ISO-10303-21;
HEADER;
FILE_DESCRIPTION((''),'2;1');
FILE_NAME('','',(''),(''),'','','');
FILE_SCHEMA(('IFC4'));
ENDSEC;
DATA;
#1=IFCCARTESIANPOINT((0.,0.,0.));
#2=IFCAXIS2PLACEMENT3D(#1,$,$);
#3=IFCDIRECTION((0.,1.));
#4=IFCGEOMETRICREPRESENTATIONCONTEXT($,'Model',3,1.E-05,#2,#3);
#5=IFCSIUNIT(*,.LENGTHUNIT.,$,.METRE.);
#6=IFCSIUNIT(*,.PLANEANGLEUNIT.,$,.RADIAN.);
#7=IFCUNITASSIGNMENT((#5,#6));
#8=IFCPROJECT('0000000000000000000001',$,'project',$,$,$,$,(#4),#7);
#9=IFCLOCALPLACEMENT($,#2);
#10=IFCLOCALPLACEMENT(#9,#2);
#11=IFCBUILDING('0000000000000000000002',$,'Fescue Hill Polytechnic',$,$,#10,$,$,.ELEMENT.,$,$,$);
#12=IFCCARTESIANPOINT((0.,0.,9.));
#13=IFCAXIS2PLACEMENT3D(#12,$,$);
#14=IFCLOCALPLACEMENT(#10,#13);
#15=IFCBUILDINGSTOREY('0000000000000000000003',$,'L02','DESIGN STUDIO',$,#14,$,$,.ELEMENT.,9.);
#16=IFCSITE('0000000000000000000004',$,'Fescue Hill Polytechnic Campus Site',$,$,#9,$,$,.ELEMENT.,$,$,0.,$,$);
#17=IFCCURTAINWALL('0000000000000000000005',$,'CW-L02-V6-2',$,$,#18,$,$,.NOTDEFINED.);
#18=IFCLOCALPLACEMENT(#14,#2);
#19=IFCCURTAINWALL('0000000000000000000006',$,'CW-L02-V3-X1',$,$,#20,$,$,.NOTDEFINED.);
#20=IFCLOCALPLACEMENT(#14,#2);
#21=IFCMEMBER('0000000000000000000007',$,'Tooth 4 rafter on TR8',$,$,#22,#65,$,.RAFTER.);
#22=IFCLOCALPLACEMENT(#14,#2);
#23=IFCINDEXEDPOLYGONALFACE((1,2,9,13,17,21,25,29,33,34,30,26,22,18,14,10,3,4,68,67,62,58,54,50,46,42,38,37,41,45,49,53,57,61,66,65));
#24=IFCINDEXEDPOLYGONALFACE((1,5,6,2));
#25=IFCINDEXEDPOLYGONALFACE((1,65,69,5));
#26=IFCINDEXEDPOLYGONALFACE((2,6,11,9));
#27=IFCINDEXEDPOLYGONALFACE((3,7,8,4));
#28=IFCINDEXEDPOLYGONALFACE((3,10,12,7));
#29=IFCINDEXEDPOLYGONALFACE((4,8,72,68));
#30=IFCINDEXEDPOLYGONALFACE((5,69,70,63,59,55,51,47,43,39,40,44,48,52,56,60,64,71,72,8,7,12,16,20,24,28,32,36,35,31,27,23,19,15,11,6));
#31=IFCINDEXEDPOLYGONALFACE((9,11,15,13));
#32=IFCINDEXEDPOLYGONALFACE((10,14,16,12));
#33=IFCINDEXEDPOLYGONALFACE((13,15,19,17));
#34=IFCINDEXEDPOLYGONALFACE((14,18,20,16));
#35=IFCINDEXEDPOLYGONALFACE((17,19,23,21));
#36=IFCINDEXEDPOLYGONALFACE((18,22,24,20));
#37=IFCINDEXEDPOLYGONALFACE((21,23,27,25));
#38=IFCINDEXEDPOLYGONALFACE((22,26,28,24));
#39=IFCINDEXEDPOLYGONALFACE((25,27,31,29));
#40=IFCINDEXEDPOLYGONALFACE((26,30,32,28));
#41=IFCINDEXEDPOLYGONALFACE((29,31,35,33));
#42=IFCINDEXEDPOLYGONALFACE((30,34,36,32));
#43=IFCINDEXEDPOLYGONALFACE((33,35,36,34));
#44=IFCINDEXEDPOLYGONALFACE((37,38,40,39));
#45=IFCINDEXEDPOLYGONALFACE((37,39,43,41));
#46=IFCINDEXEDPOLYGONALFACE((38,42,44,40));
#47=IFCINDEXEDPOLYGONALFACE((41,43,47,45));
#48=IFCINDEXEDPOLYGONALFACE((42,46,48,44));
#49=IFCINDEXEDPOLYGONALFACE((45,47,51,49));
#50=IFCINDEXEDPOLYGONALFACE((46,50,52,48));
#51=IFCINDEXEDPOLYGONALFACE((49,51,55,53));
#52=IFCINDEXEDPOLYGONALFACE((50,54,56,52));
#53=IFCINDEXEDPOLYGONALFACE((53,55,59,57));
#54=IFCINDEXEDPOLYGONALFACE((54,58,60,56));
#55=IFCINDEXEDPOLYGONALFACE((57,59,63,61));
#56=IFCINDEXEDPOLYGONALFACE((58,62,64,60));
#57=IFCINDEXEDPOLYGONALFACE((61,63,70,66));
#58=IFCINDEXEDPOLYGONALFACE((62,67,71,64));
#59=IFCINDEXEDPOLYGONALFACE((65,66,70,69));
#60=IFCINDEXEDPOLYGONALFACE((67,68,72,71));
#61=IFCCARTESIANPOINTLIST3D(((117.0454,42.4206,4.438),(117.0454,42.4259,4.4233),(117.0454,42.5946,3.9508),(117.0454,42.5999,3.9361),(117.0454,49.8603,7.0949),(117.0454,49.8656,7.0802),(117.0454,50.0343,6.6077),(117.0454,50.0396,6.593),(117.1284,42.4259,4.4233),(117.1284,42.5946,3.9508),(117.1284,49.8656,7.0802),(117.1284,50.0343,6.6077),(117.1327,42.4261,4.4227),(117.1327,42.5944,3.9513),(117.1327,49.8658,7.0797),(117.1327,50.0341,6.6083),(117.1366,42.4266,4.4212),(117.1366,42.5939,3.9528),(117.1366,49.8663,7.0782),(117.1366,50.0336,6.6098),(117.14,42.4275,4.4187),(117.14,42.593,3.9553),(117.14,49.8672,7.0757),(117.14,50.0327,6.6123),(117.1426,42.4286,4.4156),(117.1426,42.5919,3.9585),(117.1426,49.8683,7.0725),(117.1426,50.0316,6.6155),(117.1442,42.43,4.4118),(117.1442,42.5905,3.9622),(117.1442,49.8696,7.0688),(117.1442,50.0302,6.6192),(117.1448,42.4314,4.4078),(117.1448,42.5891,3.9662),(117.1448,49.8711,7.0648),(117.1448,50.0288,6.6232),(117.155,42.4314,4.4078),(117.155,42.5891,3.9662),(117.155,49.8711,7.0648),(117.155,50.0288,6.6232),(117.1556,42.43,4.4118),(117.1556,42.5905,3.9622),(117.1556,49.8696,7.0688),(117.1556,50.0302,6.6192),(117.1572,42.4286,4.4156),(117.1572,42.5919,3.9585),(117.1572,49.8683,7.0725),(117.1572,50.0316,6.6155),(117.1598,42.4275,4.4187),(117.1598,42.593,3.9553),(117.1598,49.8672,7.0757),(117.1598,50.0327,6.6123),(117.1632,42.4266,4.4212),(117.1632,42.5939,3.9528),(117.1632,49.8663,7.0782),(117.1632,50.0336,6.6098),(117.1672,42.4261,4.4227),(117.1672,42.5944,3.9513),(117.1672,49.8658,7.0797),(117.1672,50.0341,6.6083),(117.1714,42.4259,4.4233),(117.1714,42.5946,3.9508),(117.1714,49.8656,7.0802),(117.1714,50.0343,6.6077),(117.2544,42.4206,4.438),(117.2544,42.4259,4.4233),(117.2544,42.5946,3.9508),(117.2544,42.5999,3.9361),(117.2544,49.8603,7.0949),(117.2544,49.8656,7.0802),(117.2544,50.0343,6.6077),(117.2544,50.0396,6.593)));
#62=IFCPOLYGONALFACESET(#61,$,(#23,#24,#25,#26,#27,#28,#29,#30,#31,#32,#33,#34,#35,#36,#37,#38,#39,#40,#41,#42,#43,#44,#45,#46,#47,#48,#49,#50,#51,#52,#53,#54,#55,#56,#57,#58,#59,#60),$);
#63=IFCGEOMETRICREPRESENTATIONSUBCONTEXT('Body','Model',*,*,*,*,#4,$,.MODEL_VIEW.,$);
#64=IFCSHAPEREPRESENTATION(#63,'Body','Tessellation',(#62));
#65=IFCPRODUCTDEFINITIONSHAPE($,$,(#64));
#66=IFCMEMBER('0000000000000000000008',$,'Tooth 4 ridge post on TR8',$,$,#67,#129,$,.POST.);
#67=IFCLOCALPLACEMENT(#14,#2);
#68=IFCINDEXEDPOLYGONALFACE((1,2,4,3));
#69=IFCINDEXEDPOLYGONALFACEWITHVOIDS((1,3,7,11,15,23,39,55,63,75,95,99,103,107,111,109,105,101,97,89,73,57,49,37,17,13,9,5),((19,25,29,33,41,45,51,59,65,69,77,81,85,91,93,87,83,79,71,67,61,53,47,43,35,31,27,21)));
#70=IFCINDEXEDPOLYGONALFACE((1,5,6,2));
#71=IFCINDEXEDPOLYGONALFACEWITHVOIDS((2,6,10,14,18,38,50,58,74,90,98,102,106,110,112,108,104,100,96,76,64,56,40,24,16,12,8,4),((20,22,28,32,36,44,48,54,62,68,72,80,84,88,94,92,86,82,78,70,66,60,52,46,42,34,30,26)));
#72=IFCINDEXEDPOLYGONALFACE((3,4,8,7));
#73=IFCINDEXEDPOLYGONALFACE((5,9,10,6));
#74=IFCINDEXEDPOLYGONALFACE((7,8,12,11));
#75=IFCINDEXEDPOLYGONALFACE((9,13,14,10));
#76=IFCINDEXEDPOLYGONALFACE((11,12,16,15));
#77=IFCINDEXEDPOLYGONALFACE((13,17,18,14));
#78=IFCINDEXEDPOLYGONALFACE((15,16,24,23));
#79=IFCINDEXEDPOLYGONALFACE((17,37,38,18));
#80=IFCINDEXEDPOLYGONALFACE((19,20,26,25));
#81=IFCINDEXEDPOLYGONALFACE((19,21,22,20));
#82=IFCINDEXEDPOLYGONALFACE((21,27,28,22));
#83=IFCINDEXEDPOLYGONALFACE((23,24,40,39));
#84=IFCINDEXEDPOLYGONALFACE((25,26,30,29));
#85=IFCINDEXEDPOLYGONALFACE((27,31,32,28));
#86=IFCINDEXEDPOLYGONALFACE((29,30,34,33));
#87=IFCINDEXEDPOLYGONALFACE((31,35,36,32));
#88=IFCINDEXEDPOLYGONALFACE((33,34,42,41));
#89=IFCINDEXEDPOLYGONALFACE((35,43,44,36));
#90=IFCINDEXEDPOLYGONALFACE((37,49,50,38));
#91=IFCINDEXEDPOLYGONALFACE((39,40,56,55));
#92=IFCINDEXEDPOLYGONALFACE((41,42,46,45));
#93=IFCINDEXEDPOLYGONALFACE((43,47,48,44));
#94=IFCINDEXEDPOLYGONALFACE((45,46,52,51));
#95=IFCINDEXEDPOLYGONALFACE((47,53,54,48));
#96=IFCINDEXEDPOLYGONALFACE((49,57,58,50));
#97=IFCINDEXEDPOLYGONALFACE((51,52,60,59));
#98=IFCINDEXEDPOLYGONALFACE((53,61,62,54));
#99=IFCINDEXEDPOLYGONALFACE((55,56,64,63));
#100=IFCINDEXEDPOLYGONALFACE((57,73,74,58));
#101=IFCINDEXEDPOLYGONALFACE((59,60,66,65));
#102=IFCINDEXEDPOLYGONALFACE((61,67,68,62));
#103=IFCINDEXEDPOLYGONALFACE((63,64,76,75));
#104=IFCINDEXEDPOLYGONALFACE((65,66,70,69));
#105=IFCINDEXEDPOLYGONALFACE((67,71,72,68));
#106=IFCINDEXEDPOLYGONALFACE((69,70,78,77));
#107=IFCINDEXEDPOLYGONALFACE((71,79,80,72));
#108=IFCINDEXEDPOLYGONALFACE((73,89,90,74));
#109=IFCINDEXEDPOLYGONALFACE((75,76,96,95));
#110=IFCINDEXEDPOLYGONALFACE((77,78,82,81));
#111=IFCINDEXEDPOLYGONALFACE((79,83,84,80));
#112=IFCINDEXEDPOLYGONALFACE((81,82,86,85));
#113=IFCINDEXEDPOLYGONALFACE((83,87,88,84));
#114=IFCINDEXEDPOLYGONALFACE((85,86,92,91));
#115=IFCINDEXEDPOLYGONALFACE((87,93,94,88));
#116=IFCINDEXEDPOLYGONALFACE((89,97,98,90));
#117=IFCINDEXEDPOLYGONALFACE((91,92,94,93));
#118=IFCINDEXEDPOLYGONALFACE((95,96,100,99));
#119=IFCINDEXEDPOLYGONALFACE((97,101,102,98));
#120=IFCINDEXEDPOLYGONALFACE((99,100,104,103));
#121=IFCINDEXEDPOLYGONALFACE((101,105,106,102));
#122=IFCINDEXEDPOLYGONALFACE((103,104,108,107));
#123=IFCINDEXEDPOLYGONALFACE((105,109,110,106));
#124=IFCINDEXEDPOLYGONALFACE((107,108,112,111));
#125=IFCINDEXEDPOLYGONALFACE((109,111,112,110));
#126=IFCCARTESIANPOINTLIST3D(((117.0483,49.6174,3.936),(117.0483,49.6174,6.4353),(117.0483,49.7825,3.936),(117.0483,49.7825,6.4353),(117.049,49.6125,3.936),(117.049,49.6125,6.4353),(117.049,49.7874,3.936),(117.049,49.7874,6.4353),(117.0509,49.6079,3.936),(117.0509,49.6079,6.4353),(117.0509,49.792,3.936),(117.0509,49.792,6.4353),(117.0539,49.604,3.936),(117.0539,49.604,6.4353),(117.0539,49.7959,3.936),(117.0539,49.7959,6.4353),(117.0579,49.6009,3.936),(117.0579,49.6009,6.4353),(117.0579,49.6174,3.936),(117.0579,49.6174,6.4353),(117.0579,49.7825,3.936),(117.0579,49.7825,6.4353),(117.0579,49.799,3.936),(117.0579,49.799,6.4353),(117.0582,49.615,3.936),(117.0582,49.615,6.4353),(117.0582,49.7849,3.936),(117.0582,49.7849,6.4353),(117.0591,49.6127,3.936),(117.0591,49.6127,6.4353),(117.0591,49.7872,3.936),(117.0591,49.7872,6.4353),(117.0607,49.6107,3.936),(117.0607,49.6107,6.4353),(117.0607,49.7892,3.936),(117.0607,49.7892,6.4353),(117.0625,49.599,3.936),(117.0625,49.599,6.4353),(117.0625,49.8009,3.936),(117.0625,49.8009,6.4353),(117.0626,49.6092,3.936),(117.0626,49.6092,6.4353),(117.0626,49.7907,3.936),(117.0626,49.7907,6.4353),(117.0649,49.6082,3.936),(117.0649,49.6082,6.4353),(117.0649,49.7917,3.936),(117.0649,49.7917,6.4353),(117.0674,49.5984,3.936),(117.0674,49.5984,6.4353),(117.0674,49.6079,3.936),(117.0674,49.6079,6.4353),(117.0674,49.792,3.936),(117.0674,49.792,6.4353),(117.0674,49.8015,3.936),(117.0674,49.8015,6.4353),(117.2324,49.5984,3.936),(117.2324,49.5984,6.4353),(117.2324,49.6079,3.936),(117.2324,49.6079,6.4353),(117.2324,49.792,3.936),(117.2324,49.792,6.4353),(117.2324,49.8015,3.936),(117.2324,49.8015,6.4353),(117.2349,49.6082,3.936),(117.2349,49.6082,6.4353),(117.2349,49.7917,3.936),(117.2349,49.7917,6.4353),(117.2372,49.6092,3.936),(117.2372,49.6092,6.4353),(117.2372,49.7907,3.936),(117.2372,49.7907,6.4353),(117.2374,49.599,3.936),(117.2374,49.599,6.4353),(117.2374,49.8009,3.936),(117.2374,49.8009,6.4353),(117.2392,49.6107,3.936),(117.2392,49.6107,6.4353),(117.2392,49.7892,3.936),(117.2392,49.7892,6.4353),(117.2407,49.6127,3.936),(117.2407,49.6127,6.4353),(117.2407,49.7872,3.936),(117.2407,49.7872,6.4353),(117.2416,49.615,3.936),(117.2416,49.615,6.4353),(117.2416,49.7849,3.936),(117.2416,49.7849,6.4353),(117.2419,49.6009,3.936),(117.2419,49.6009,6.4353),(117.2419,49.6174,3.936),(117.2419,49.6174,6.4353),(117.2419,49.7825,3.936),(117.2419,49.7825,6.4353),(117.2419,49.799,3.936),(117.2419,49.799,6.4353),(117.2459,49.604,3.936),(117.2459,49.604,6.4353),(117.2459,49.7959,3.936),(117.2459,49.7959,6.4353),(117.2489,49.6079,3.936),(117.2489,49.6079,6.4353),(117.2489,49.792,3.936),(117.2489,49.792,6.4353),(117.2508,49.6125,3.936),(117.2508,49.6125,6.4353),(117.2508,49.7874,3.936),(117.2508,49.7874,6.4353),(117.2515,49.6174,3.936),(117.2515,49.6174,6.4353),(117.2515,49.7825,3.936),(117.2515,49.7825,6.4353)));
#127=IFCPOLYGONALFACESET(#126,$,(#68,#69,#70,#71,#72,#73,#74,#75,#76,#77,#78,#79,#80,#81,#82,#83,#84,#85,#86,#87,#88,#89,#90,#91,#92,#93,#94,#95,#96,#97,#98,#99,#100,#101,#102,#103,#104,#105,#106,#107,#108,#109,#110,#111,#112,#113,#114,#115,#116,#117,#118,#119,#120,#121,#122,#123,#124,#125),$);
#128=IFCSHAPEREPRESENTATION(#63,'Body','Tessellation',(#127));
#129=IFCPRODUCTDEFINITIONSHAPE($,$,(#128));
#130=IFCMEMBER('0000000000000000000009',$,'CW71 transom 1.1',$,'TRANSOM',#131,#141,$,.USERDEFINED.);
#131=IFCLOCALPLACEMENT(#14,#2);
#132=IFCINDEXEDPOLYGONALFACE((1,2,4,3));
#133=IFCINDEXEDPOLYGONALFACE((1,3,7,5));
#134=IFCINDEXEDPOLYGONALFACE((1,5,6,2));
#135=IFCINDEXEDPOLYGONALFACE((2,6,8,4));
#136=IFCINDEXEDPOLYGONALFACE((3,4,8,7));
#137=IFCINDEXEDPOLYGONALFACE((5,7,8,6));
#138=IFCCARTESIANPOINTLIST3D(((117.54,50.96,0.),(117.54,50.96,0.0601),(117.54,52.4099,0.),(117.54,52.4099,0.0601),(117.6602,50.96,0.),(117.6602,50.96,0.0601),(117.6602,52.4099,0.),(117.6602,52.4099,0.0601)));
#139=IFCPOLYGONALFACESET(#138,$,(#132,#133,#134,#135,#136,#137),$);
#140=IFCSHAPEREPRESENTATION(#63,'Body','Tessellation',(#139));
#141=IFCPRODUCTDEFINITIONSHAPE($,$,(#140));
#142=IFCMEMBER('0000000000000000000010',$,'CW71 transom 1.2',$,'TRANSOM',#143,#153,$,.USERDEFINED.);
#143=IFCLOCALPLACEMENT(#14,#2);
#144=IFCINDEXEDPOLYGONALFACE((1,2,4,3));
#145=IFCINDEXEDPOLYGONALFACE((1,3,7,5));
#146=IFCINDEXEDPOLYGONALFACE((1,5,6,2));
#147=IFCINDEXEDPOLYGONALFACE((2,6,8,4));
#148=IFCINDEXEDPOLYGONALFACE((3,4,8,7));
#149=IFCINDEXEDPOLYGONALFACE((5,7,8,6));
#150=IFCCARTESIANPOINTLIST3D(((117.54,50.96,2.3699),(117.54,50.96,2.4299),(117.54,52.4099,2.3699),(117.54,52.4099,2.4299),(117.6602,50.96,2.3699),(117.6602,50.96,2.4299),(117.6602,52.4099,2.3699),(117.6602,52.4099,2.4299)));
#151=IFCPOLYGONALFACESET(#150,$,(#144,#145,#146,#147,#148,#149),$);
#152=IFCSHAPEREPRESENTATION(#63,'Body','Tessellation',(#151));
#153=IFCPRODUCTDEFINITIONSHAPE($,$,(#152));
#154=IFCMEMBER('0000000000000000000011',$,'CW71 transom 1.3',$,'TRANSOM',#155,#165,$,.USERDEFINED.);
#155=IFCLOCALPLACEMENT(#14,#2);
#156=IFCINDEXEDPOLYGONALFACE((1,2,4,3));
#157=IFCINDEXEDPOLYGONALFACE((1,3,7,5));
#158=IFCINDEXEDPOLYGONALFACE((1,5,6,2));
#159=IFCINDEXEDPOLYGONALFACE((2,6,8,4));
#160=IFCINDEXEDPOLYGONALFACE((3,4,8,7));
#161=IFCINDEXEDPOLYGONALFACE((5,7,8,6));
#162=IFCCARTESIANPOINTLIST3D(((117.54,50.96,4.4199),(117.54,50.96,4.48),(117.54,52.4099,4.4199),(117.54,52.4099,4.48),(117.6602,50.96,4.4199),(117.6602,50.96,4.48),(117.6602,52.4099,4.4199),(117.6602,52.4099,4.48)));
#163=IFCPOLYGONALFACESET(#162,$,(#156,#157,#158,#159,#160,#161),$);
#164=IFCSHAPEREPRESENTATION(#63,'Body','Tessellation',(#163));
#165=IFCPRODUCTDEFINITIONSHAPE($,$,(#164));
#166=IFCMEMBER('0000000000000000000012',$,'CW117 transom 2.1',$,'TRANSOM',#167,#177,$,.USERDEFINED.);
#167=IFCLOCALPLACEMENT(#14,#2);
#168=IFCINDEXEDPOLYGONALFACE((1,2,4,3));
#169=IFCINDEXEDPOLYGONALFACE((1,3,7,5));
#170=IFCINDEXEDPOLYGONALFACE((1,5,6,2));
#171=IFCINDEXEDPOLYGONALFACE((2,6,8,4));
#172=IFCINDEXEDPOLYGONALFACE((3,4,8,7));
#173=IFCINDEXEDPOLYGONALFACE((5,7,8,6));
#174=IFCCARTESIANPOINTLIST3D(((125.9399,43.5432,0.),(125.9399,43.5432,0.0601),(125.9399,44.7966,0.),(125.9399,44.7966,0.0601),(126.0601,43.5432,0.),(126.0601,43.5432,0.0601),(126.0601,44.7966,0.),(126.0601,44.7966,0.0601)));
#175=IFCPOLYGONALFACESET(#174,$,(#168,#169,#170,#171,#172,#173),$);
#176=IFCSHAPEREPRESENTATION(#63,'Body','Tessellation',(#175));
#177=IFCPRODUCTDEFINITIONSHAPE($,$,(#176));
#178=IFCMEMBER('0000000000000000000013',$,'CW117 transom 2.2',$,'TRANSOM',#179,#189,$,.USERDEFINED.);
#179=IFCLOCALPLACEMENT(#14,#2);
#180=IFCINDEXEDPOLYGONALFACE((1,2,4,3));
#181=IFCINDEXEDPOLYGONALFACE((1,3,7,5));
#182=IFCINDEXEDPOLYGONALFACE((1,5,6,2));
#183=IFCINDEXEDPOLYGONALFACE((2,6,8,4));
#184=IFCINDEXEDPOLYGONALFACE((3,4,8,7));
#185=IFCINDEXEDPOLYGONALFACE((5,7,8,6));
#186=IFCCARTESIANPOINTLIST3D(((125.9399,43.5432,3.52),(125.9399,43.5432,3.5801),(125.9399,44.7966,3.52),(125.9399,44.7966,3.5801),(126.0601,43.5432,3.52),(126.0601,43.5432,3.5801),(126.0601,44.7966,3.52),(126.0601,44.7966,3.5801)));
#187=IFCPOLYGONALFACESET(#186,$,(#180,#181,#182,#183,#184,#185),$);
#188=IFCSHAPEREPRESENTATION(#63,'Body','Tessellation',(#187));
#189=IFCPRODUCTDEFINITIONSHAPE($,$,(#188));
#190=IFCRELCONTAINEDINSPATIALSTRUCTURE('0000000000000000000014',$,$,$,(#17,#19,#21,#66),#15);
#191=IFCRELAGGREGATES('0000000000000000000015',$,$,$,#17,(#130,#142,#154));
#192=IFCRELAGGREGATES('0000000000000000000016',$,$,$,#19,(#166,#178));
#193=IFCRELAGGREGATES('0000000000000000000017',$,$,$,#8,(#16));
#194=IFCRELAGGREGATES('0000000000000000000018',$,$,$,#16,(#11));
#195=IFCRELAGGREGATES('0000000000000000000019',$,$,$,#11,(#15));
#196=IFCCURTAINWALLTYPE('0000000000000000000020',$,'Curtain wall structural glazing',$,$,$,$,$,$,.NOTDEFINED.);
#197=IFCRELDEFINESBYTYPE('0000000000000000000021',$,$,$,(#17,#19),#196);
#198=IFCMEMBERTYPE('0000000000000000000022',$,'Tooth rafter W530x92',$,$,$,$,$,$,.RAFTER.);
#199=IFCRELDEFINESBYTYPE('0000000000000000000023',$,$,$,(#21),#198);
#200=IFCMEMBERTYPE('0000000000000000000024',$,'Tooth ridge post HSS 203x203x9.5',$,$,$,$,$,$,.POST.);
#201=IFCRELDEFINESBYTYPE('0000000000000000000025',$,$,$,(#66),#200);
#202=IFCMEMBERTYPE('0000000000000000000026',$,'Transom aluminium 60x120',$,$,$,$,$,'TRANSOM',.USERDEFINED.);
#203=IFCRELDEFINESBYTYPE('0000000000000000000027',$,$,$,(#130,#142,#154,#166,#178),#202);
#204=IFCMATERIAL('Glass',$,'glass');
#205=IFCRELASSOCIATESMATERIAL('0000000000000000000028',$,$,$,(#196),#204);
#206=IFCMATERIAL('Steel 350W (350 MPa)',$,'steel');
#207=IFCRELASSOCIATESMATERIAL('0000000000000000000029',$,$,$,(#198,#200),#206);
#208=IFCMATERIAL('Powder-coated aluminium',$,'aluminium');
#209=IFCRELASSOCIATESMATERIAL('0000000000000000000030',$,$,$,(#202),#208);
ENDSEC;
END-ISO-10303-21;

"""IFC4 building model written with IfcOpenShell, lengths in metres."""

from ifc_helpers import new_model, si_unit, direction, frame, origin, origin_2d, place, context, subcontext, project, spatial, rectangle, hollow_rectangle, i_section, extrude, material, material_profile, profile_set, type_object, element, aggregate, save


model = new_model("IFC4")

# Units and contexts
model_context = context("Model", 3, precision=1e-05, world=origin(), true_north=direction((0.0, 1.0)))
body_context = subcontext(model_context, "Body", "Model", "MODEL_VIEW")
ifc_project = project(units=[si_unit("LENGTHUNIT", "METRE"), si_unit("PLANEANGLEUNIT", "RADIAN")], contexts=[model_context])

# Site, building, storey
site_placement = place(None, origin())
site = spatial("IfcSite", under=ifc_project, at=site_placement, Name="Fescue Hill Polytechnic Campus Site", CompositionType="ELEMENT", RefElevation=0.0)
building_placement = place(site_placement, origin())
building = spatial("IfcBuilding", under=site, at=building_placement, Name="Fescue Hill Polytechnic", CompositionType="ELEMENT")
storey_placement = place(building_placement, frame((0.0, 0.0, 9.0)))
storey = spatial("IfcBuildingStorey", under=building, at=storey_placement, Name="L02", Description="DESIGN STUDIO", CompositionType="ELEMENT", Elevation=9.0)

# Shared definitions
ifc_material_1 = material(Name="Steel 350W (350 MPa)", Category="steel")

# Curtain wall
ifc_material_2 = material(Name="Glass", Category="glass")
curtain_wall_type = type_object("IfcCurtainWallType", Name="Curtain wall structural glazing", PredefinedType="NOTDEFINED", material=ifc_material_2)
curtain_wall_1_placement = place(storey_placement, origin())
curtain_wall_1 = element("IfcCurtainWall", 1, at=curtain_wall_1_placement, inside=storey, type_object=curtain_wall_type, Name="CW-L02-V6-2", PredefinedType="NOTDEFINED")
ifc_material_3 = material(Name="Powder-coated aluminium", Category="aluminium")

# Curtain wall
curtain_wall_2_placement = place(storey_placement, origin())
curtain_wall_2 = element("IfcCurtainWall", 2, at=curtain_wall_2_placement, inside=storey, type_object=curtain_wall_type, Name="CW-L02-V3-X1", PredefinedType="NOTDEFINED")

# Members
ifc_material_profile_1 = material_profile(ifc_material_1, i_section(OverallWidth=0.209, OverallDepth=0.533, WebThickness=0.0103, FlangeThickness=0.0156, FilletRadius=0.0164, at=origin_2d()), Name="W530x92")
ifc_profile_set_1 = profile_set([ifc_material_profile_1], Name="Steel 350W (350 MPa)")
member_type_1 = type_object("IfcMemberType", Name="Tooth rafter W530x92", PredefinedType="RAFTER", material=ifc_profile_set_1)
member_1_placement = place(storey_placement, frame((117.1499, 42.5103, 4.187), z_axis=(0.0, 0.941744, 0.336331), x_axis=(-1.0, 0.0, 0.0)))
element("IfcMember", 3, at=member_1_placement, inside=storey, type_object=member_type_1, Name="Tooth 4 rafter on TR8", PredefinedType="RAFTER", context=body_context, shape_type="SweptSolid", body=[
    extrude(i_section(OverallWidth=0.209, OverallDepth=0.533, WebThickness=0.0103, FlangeThickness=0.0156, FilletRadius=0.0164, at=origin_2d()), origin(), (0.0, 0.0, 1.0), 7.8999),
])
ifc_material_profile_2 = material_profile(ifc_material_1, hollow_rectangle(XDim=0.2031, YDim=0.2031, WallThickness=0.0095, InnerFilletRadius=0.0095, OuterFilletRadius=0.019, at=origin_2d()), Name="Tooth ridge post HSS 203x203x9.5")
ifc_profile_set_2 = profile_set([ifc_material_profile_2], Name="Steel 350W (350 MPa)")
member_type_2 = type_object("IfcMemberType", Name="Tooth ridge post HSS 203x203x9.5", PredefinedType="POST", material=ifc_profile_set_2)
member_2_placement = place(storey_placement, frame((117.1499, 49.7, 3.936), z_axis=(0.0, 0.0, 1.0), x_axis=(1.0, 0.0, 0.0)))
element("IfcMember", 4, at=member_2_placement, inside=storey, type_object=member_type_2, Name="Tooth 4 ridge post on TR8", PredefinedType="POST", context=body_context, shape_type="SweptSolid", body=[
    extrude(hollow_rectangle(XDim=0.2031, YDim=0.2031, WallThickness=0.0095, InnerFilletRadius=0.0095, OuterFilletRadius=0.019, at=origin_2d()), origin(), (0.0, 0.0, 1.0), 2.4993),
])

# Members
ifc_material_profile_3 = material_profile(ifc_material_3, rectangle(XDim=0.1201, YDim=0.0601, at=origin_2d()), Name="Transom aluminium 60x120")
ifc_profile_set_3 = profile_set([ifc_material_profile_3], Name="Powder-coated aluminium")
member_type_3 = type_object("IfcMemberType", Name="Transom aluminium 60x120", ElementType="TRANSOM", PredefinedType="USERDEFINED", material=ifc_profile_set_3)
member_3_placement = place(storey_placement, frame((117.6001, 50.96, 0.03), z_axis=(0.0, 1.0, 0.0), x_axis=(-1.0, 0.0, 0.0)))
member_3 = element("IfcMember", 5, at=member_3_placement, type_object=member_type_3, Name="CW71 transom 1.1", ObjectType="TRANSOM", PredefinedType="USERDEFINED", context=body_context, shape_type="SweptSolid", body=[
    extrude(rectangle(XDim=0.1201, YDim=0.0601, at=origin_2d()), origin(), (0.0, 0.0, 1.0), 1.45),
])
member_4_placement = place(storey_placement, frame((117.6001, 50.96, 2.3999), z_axis=(0.0, 1.0, 0.0), x_axis=(-1.0, 0.0, 0.0)))
member_4 = element("IfcMember", 6, at=member_4_placement, type_object=member_type_3, Name="CW71 transom 1.2", ObjectType="TRANSOM", PredefinedType="USERDEFINED", context=body_context, shape_type="SweptSolid", body=[
    extrude(rectangle(XDim=0.1201, YDim=0.0601, at=origin_2d()), origin(), (0.0, 0.0, 1.0), 1.45),
])
member_5_placement = place(storey_placement, frame((117.6001, 50.96, 4.45), z_axis=(0.0, 1.0, 0.0), x_axis=(-1.0, 0.0, 0.0)))
member_5 = element("IfcMember", 7, at=member_5_placement, type_object=member_type_3, Name="CW71 transom 1.3", ObjectType="TRANSOM", PredefinedType="USERDEFINED", context=body_context, shape_type="SweptSolid", body=[
    extrude(rectangle(XDim=0.1201, YDim=0.0601, at=origin_2d()), origin(), (0.0, 0.0, 1.0), 1.45),
])
member_6_placement = place(storey_placement, frame((126.0, 44.7966, 0.03), z_axis=(0.0, -1.0, 0.0), x_axis=(1.0, 0.0, 0.0)))
member_6 = element("IfcMember", 8, at=member_6_placement, type_object=member_type_3, Name="CW117 transom 2.1", ObjectType="TRANSOM", PredefinedType="USERDEFINED", context=body_context, shape_type="SweptSolid", body=[
    extrude(rectangle(XDim=0.1201, YDim=0.0601, at=origin_2d()), origin(), (0.0, 0.0, 1.0), 1.2534),
])
member_7_placement = place(storey_placement, frame((126.0, 44.7966, 3.55), z_axis=(0.0, -1.0, 0.0), x_axis=(1.0, 0.0, 0.0)))
member_7 = element("IfcMember", 9, at=member_7_placement, type_object=member_type_3, Name="CW117 transom 2.2", ObjectType="TRANSOM", PredefinedType="USERDEFINED", context=body_context, shape_type="SweptSolid", body=[
    extrude(rectangle(XDim=0.1201, YDim=0.0601, at=origin_2d()), origin(), (0.0, 0.0, 1.0), 1.2534),
])

aggregate(curtain_wall_1, [member_3, member_4, member_5])
aggregate(curtain_wall_2, [member_6, member_7])

save(model, "model.ifc")
